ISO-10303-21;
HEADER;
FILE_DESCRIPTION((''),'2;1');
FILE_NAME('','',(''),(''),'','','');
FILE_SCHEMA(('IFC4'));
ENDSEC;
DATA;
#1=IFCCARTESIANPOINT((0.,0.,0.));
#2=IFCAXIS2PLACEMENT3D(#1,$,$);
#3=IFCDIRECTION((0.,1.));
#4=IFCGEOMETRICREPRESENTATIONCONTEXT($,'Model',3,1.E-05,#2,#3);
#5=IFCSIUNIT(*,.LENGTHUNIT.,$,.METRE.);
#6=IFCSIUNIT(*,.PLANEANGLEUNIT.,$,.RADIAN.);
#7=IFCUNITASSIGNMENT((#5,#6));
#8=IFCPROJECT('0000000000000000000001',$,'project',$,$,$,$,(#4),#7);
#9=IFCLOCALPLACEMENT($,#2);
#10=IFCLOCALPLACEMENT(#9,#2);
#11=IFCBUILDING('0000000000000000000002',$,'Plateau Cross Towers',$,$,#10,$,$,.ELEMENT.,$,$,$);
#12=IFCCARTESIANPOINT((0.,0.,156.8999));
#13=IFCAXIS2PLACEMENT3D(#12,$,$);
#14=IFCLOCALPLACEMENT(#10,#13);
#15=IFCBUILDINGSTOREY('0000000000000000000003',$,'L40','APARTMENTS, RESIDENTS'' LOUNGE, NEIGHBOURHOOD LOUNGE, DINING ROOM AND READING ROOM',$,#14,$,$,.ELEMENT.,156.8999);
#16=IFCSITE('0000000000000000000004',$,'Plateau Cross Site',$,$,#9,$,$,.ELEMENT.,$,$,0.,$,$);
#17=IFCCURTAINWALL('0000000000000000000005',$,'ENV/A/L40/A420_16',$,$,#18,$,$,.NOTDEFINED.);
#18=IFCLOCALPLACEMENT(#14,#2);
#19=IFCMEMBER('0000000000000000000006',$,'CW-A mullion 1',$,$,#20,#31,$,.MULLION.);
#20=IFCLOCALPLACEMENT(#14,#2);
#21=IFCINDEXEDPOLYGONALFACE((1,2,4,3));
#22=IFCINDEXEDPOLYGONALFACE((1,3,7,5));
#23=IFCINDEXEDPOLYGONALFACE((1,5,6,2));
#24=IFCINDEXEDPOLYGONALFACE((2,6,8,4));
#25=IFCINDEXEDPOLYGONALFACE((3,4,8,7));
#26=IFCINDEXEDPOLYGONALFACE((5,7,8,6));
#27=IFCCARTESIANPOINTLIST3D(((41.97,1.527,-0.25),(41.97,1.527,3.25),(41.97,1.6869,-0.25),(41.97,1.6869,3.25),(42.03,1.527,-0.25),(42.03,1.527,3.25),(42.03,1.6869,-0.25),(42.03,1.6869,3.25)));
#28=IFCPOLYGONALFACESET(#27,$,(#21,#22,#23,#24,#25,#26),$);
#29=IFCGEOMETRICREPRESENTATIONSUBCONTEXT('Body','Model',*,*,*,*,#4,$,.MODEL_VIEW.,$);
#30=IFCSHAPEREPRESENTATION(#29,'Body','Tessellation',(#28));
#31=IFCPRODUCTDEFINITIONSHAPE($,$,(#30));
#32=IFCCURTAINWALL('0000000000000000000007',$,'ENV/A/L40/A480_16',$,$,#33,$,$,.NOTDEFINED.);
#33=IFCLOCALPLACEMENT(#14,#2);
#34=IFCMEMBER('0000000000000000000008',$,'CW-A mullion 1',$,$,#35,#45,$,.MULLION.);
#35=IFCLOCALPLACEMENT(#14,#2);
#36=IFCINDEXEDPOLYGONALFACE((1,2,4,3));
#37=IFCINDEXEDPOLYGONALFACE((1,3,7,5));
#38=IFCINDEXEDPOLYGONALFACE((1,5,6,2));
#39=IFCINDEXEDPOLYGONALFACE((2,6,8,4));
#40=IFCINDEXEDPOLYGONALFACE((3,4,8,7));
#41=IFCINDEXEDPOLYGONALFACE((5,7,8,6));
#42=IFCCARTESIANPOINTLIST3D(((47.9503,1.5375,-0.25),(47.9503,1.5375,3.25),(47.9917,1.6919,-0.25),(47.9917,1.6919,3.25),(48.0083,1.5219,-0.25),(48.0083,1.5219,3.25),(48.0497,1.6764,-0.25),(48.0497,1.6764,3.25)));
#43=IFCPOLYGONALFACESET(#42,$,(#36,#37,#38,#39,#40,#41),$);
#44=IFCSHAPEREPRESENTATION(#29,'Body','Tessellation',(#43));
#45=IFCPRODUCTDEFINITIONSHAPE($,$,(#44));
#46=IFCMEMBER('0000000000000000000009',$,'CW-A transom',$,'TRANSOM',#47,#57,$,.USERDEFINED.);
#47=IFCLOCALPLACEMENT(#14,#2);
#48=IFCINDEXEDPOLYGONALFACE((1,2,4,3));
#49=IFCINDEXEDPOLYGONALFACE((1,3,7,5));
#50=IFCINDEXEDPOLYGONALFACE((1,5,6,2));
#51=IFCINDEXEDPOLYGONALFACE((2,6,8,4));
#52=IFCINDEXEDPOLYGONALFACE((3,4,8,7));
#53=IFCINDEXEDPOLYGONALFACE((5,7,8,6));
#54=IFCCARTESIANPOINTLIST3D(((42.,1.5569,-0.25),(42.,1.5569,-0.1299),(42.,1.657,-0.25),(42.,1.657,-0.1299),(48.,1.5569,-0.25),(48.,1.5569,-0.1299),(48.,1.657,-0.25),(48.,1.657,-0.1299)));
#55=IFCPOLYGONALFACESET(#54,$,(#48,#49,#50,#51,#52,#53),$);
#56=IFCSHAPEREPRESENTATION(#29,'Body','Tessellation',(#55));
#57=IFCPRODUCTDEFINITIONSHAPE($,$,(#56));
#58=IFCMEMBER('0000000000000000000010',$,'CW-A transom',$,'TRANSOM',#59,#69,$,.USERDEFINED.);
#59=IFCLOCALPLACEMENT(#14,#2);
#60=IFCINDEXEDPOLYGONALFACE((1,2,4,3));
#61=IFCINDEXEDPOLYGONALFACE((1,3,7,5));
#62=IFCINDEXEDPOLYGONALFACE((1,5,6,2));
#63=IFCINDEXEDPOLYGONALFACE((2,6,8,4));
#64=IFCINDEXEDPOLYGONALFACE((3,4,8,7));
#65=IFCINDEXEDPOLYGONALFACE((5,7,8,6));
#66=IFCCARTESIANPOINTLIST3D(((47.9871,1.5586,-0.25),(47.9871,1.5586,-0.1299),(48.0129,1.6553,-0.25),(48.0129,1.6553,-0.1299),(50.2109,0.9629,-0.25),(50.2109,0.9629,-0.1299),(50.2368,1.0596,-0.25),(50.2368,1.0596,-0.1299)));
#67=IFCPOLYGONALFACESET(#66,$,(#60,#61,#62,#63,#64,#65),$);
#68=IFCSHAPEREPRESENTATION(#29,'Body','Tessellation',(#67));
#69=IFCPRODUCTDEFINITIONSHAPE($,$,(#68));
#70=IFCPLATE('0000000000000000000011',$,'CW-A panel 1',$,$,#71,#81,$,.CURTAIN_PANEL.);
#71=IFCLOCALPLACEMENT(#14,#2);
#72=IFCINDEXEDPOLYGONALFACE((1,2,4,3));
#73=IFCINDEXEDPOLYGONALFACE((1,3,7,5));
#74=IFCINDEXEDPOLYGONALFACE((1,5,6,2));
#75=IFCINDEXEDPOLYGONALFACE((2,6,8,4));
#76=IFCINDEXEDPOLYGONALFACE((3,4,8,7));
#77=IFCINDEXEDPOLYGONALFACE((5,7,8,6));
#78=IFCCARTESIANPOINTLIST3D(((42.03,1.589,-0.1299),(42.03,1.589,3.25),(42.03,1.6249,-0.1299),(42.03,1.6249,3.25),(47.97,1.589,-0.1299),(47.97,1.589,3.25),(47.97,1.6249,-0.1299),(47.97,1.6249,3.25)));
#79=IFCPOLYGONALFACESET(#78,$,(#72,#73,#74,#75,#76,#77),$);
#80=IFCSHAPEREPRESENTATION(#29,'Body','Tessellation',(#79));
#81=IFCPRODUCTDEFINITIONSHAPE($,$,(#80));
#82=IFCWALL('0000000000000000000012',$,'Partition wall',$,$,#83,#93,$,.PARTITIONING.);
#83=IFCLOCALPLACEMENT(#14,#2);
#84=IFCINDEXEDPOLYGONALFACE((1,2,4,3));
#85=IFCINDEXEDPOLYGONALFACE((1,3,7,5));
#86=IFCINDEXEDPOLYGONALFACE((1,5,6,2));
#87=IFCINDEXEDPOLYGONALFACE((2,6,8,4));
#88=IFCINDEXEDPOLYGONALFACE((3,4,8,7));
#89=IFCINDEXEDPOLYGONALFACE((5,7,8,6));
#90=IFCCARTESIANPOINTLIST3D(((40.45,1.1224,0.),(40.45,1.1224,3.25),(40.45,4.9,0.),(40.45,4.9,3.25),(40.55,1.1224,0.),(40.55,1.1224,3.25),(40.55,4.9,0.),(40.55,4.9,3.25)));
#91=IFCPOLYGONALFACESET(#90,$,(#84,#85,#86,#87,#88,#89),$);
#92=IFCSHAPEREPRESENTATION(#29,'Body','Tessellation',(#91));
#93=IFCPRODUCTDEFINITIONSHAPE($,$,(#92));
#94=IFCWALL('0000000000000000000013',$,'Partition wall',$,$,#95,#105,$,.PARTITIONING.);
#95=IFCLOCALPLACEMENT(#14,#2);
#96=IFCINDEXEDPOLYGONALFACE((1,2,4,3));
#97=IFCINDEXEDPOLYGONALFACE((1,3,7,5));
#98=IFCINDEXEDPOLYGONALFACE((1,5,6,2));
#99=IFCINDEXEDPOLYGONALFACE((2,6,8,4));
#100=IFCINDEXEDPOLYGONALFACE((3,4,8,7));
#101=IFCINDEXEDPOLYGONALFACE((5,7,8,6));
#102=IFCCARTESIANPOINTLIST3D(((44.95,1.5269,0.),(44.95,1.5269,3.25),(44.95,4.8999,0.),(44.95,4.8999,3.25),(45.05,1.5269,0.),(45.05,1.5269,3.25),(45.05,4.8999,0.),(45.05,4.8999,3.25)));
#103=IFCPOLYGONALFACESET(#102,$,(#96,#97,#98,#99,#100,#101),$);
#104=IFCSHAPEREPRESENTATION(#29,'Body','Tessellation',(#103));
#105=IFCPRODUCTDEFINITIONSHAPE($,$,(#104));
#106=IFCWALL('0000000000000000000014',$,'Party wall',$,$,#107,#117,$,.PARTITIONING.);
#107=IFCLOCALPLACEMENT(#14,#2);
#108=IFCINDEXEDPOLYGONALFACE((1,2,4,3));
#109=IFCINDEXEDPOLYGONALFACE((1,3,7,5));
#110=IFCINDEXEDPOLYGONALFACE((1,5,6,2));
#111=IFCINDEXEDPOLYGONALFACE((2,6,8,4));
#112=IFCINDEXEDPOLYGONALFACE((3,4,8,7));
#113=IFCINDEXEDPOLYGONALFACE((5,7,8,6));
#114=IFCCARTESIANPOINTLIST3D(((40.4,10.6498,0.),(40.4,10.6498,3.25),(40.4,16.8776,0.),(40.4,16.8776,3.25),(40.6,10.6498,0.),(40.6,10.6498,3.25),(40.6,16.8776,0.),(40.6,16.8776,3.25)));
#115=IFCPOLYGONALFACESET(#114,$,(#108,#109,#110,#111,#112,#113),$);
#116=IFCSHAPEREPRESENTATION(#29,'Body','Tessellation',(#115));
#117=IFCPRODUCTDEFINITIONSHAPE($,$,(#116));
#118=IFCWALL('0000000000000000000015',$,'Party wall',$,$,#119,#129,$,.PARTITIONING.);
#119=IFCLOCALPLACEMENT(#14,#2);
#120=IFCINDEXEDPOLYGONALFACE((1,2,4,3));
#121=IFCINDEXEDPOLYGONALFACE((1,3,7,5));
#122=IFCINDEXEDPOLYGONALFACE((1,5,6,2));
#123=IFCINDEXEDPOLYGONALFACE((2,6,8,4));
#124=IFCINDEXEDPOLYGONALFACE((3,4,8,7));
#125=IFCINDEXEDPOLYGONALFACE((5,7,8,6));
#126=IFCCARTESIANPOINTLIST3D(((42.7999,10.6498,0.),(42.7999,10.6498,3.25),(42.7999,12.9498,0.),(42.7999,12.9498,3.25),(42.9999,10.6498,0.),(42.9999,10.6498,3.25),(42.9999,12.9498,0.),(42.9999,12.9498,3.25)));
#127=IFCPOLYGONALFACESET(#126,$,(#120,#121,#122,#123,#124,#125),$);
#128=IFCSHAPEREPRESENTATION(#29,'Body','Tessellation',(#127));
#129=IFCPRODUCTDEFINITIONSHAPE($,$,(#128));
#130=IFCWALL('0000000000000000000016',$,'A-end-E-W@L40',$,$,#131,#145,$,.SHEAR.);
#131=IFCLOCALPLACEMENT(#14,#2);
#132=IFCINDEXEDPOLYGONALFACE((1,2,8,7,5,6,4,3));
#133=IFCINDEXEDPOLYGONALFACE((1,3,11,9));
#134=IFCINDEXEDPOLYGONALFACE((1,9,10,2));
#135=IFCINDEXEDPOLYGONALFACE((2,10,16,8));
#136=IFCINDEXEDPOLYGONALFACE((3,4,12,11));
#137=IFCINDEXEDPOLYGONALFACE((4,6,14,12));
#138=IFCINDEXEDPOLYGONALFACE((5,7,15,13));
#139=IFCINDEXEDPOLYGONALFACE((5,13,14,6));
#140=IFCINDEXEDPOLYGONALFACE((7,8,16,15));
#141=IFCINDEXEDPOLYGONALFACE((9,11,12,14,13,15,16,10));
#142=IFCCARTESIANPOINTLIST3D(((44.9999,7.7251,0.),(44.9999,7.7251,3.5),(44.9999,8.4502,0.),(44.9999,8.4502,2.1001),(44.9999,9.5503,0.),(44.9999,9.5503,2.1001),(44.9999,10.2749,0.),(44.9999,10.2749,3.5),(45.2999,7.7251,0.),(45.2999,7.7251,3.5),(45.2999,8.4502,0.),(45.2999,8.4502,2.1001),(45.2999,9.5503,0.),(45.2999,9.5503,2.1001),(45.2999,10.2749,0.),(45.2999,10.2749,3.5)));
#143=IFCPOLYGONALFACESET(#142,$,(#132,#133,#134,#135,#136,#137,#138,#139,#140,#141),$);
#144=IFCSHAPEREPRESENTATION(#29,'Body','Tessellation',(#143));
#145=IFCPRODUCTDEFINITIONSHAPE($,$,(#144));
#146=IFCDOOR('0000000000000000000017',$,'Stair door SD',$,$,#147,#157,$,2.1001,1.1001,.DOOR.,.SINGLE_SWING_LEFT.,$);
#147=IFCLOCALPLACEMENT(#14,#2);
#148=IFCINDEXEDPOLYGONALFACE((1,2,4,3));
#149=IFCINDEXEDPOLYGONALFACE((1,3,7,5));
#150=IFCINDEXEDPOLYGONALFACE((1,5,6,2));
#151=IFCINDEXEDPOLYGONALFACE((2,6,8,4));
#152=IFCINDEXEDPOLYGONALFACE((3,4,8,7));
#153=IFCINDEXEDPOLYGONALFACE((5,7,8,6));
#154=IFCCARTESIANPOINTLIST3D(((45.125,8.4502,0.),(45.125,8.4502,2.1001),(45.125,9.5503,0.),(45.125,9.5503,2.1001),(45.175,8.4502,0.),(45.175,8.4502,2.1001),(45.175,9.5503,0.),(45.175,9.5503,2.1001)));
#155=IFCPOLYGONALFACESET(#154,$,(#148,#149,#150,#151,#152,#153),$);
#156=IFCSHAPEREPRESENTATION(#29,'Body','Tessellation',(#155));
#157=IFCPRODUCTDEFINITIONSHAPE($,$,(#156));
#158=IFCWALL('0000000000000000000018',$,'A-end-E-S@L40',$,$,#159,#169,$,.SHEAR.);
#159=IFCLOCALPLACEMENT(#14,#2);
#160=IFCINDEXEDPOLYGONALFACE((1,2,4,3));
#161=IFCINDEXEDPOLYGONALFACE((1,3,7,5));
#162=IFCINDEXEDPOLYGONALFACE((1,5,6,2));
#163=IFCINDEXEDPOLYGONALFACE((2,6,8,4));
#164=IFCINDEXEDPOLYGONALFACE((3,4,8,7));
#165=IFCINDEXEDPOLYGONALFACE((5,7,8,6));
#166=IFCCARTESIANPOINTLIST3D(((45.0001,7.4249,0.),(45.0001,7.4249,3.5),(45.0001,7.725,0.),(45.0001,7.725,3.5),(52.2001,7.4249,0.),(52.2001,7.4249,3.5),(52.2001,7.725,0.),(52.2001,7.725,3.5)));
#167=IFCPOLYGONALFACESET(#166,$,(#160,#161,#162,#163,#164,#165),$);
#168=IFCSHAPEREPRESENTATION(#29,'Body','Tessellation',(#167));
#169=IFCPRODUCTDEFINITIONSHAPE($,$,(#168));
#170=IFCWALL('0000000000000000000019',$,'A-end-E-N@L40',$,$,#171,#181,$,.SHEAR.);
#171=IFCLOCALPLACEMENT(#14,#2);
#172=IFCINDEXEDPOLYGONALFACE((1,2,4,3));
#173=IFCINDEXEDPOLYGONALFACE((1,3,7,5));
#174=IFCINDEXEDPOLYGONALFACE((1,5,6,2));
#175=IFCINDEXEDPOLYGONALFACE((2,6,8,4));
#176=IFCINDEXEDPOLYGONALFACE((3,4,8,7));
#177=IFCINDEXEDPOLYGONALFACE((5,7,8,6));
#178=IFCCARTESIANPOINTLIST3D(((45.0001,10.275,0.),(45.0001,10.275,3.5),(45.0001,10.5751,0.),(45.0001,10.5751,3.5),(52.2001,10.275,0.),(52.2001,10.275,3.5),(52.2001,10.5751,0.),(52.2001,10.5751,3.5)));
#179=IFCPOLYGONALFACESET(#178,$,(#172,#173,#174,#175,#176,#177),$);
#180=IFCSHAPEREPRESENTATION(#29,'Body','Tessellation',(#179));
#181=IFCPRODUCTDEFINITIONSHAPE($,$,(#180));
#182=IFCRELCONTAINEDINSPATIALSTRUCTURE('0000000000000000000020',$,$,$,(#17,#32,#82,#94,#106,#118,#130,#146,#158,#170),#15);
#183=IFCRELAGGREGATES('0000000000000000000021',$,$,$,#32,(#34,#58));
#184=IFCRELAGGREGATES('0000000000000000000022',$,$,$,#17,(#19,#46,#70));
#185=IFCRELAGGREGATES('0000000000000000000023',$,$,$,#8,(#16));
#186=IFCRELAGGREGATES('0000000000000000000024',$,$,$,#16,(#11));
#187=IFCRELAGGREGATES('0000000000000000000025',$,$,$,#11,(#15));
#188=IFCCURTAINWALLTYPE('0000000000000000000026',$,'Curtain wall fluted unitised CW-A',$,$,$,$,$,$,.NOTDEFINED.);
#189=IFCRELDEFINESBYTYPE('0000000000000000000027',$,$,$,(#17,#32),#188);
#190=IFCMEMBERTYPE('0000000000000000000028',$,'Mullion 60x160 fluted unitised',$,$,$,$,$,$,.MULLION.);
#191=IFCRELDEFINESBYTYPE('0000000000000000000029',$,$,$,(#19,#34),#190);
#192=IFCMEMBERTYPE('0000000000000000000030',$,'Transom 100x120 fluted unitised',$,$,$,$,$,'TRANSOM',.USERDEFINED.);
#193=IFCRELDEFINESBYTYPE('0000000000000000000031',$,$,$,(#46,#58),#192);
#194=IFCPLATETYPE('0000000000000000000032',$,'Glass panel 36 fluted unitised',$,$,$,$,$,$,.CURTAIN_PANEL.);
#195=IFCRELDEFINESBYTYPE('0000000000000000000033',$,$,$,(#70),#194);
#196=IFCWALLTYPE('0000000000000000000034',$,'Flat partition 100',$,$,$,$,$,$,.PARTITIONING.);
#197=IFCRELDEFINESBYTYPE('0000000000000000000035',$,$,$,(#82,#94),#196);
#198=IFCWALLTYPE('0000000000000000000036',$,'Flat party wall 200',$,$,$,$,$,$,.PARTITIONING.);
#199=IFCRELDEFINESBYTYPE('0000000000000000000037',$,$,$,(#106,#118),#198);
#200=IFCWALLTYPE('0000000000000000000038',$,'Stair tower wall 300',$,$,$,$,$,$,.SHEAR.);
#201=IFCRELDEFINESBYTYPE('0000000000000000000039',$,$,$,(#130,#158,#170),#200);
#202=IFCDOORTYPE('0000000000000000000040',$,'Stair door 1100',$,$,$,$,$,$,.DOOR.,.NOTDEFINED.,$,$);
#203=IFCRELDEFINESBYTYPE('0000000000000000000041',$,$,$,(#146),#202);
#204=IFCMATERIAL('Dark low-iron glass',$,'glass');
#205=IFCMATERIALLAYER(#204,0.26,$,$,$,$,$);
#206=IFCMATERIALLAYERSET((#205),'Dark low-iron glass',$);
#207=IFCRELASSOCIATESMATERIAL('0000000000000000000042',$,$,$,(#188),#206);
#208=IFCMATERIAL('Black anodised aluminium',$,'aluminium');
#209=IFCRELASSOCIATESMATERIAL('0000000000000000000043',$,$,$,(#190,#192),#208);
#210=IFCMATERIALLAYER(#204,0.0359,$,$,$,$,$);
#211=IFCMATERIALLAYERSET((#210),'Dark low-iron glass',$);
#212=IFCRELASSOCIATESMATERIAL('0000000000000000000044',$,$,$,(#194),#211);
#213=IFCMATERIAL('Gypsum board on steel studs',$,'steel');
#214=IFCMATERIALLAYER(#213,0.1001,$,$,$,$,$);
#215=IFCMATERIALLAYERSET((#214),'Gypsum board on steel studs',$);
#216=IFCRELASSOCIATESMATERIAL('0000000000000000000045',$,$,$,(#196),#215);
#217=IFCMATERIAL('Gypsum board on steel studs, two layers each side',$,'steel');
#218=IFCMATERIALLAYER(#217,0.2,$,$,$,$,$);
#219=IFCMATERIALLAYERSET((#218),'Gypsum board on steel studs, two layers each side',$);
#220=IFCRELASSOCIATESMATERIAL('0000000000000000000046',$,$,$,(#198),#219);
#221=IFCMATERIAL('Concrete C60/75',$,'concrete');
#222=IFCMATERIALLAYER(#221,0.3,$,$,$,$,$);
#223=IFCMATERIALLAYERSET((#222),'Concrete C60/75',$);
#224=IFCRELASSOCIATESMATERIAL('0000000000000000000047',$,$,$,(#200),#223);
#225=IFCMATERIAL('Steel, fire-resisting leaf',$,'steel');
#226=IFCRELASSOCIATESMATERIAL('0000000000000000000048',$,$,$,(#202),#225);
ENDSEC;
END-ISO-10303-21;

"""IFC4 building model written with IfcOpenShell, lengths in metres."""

from ifc_helpers import new_model, si_unit, direction, frame, frame_2d, origin, origin_2d, place, context, subcontext, project, spatial, rectangle, extrude, material, layer, layer_set, material_profile, profile_set, type_object, element, fill, aggregate, save


model = new_model("IFC4")

# Units and contexts
model_context = context("Model", 3, precision=1e-05, world=origin(), true_north=direction((0.0, 1.0)))
body_context = subcontext(model_context, "Body", "Model", "MODEL_VIEW")
ifc_project = project(units=[si_unit("LENGTHUNIT", "METRE"), si_unit("PLANEANGLEUNIT", "RADIAN")], contexts=[model_context])

# Site, building, storey
site_placement = place(None, origin())
site = spatial("IfcSite", under=ifc_project, at=site_placement, Name="Plateau Cross Site", CompositionType="ELEMENT", RefElevation=0.0)
building_placement = place(site_placement, origin())
building = spatial("IfcBuilding", under=site, at=building_placement, Name="Plateau Cross Towers", CompositionType="ELEMENT")
storey_placement = place(building_placement, frame((0.0, 0.0, 156.8999)))
storey = spatial("IfcBuildingStorey", under=building, at=storey_placement, Name="L40", Description="APARTMENTS, RESIDENTS' LOUNGE, NEIGHBOURHOOD LOUNGE, DINING ROOM AND READING ROOM", CompositionType="ELEMENT", Elevation=156.8999)

# Curtain walls, members
ifc_material_1 = material(Name="Dark low-iron glass", Category="glass")
ifc_layer_1 = layer(ifc_material_1, 0.26)
ifc_layer_set_1 = layer_set([ifc_layer_1], Name="Dark low-iron glass")
curtain_wall_type = type_object("IfcCurtainWallType", Name="Curtain wall fluted unitised CW-A", PredefinedType="NOTDEFINED", material=ifc_layer_set_1)
curtain_wall_1_placement = place(storey_placement, origin())
curtain_wall_1 = element("IfcCurtainWall", 1, at=curtain_wall_1_placement, inside=storey, type_object=curtain_wall_type, Name="ENV/A/L40/A420_16", PredefinedType="NOTDEFINED")
ifc_material_2 = material(Name="Black anodised aluminium", Category="aluminium")
ifc_material_profile_1 = material_profile(ifc_material_2, rectangle(XDim=0.0601, YDim=0.1599, at=origin_2d()), Name="MULLION 60x160")
ifc_profile_set_1 = profile_set([ifc_material_profile_1], Name="Black anodised aluminium")
member_type_1 = type_object("IfcMemberType", Name="Mullion 60x160 fluted unitised", PredefinedType="MULLION", material=ifc_profile_set_1)
member_1_placement = place(storey_placement, frame((42.0, 1.6069, -0.25), z_axis=(0.0, 0.0, 1.0), x_axis=(1.0, 0.0, 0.0)))
member_1 = element("IfcMember", 2, at=member_1_placement, type_object=member_type_1, Name="CW-A mullion 1", PredefinedType="MULLION", context=body_context, shape_type="SweptSolid", body=[
    extrude(rectangle(XDim=0.0601, YDim=0.1599, at=origin_2d()), origin(), (0.0, 0.0, 1.0), 3.5),
])
curtain_wall_2_placement = place(storey_placement, origin())
curtain_wall_2 = element("IfcCurtainWall", 3, at=curtain_wall_2_placement, inside=storey, type_object=curtain_wall_type, Name="ENV/A/L40/A480_16", PredefinedType="NOTDEFINED")
member_2_placement = place(storey_placement, frame((48.0, 1.6069, -0.25), z_axis=(0.0, 0.0, 1.0), x_axis=(0.965958, -0.258699, 0.0)))
member_2 = element("IfcMember", 4, at=member_2_placement, type_object=member_type_1, Name="CW-A mullion 1", PredefinedType="MULLION", context=body_context, shape_type="SweptSolid", body=[
    extrude(rectangle(XDim=0.0601, YDim=0.1599, at=origin_2d()), origin(), (0.0, 0.0, 1.0), 3.5),
])

# Members
ifc_material_profile_2 = material_profile(ifc_material_2, rectangle(XDim=0.1001, YDim=0.1201, at=origin_2d()), Name="TRANSOM 100x120")
ifc_profile_set_2 = profile_set([ifc_material_profile_2], Name="Black anodised aluminium")
member_type_2 = type_object("IfcMemberType", Name="Transom 100x120 fluted unitised", ElementType="TRANSOM", PredefinedType="USERDEFINED", material=ifc_profile_set_2)
member_3_placement = place(storey_placement, frame((42.0, 1.6069, -0.1899), z_axis=(1.0, 0.0, 0.0), x_axis=(0.0, 1.0, 0.0)))
member_3 = element("IfcMember", 5, at=member_3_placement, type_object=member_type_2, Name="CW-A transom", ObjectType="TRANSOM", PredefinedType="USERDEFINED", context=body_context, shape_type="SweptSolid", body=[
    extrude(rectangle(XDim=0.1001, YDim=0.1201, at=origin_2d()), origin(), (0.0, 0.0, 1.0), 6.0),
])
member_4_placement = place(storey_placement, frame((48.0, 1.6069, -0.1899), z_axis=(0.965946, -0.258745, 0.0), x_axis=(0.258745, 0.965946, 0.0)))
member_4 = element("IfcMember", 6, at=member_4_placement, type_object=member_type_2, Name="CW-A transom", ObjectType="TRANSOM", PredefinedType="USERDEFINED", context=body_context, shape_type="SweptSolid", body=[
    extrude(rectangle(XDim=0.1001, YDim=0.1201, at=origin_2d()), origin(), (0.0, 0.0, 1.0), 2.3022),
])
aggregate(curtain_wall_2, [member_2, member_4])

# Plate
ifc_layer_2 = layer(ifc_material_1, 0.0359)
ifc_layer_set_2 = layer_set([ifc_layer_2], Name="Dark low-iron glass")
plate_type = type_object("IfcPlateType", Name="Glass panel 36 fluted unitised", PredefinedType="CURTAIN_PANEL", material=ifc_layer_set_2)
plate_placement = place(storey_placement, frame((45.0, 1.6069, -0.1299), z_axis=(0.0, 0.0, 1.0), x_axis=(1.0, 0.0, 0.0)))
plate = element("IfcPlate", 7, at=plate_placement, type_object=plate_type, Name="CW-A panel 1", PredefinedType="CURTAIN_PANEL", context=body_context, shape_type="SweptSolid", body=[
    extrude(rectangle(XDim=5.9399, YDim=0.0359, at=origin_2d()), origin(), (0.0, 0.0, 1.0), 3.3799),
])
aggregate(curtain_wall_1, [member_1, member_3, plate])

# Walls
ifc_material_3 = material(Name="Gypsum board on steel studs", Category="steel")
ifc_layer_3 = layer(ifc_material_3, 0.1001)
ifc_layer_set_3 = layer_set([ifc_layer_3], Name="Gypsum board on steel studs")
wall_type_1 = type_object("IfcWallType", Name="Flat partition 100", PredefinedType="PARTITIONING", material=ifc_layer_set_3)
wall_1_placement = place(storey_placement, frame((40.5, 4.8999, 0.0), z_axis=(0.0, 0.0, 1.0), x_axis=(0.0, -1.0, 0.0)))
element("IfcWall", 8, at=wall_1_placement, inside=storey, type_object=wall_type_1, Name="Partition wall", PredefinedType="PARTITIONING", context=body_context, shape_type="SweptSolid", body=[
    extrude(rectangle(XDim=3.7776, YDim=0.1001, at=frame_2d((1.8887, 0.0))), origin(), (0.0, 0.0, 1.0), 3.25),
])
wall_2_placement = place(storey_placement, frame((45.0, 1.5269, 0.0), z_axis=(0.0, 0.0, 1.0), x_axis=(0.0, 1.0, 0.0)))
element("IfcWall", 9, at=wall_2_placement, inside=storey, type_object=wall_type_1, Name="Partition wall", PredefinedType="PARTITIONING", context=body_context, shape_type="SweptSolid", body=[
    extrude(rectangle(XDim=3.373, YDim=0.1001, at=frame_2d((1.6865, 0.0))), origin(), (0.0, 0.0, 1.0), 3.25),
])
ifc_material_4 = material(Name="Gypsum board on steel studs, two layers each side", Category="steel")
ifc_layer_4 = layer(ifc_material_4, 0.2)
ifc_layer_set_4 = layer_set([ifc_layer_4], Name="Gypsum board on steel studs, two layers each side")
wall_type_2 = type_object("IfcWallType", Name="Flat party wall 200", PredefinedType="PARTITIONING", material=ifc_layer_set_4)
wall_3_placement = place(storey_placement, frame((40.5, 10.6499, 0.0), z_axis=(0.0, 0.0, 1.0), x_axis=(0.0, 1.0, 0.0)))
element("IfcWall", 10, at=wall_3_placement, inside=storey, type_object=wall_type_2, Name="Party wall", PredefinedType="PARTITIONING", context=body_context, shape_type="SweptSolid", body=[
    extrude(rectangle(XDim=6.2278, YDim=0.2, at=frame_2d((3.1138, 0.0))), origin(), (0.0, 0.0, 1.0), 3.25),
])
wall_4_placement = place(storey_placement, frame((42.8999, 10.6499, 0.0), z_axis=(0.0, 0.0, 1.0), x_axis=(0.0, 1.0, 0.0)))
element("IfcWall", 11, at=wall_4_placement, inside=storey, type_object=wall_type_2, Name="Party wall", PredefinedType="PARTITIONING", context=body_context, shape_type="SweptSolid", body=[
    extrude(rectangle(XDim=2.3, YDim=0.2, at=frame_2d((1.1499, 0.0))), origin(), (0.0, 0.0, 1.0), 3.25),
])

# Wall, opening, door
ifc_material_5 = material(Name="Concrete C60/75", Category="concrete")
ifc_layer_5 = layer(ifc_material_5, 0.3)
ifc_layer_set_5 = layer_set([ifc_layer_5], Name="Concrete C60/75")
wall_type_3 = type_object("IfcWallType", Name="Stair tower wall 300", PredefinedType="SHEAR", material=ifc_layer_set_5)
wall_5_placement = place(storey_placement, frame((45.1499, 7.7251, 0.0), z_axis=(0.0, 0.0, 1.0), x_axis=(0.0, 1.0, 0.0)))
wall_5 = element("IfcWall", 12, at=wall_5_placement, inside=storey, type_object=wall_type_3, Name="A-end-E-W@L40", PredefinedType="SHEAR", context=body_context, shape_type="SweptSolid", body=[
    extrude(rectangle(XDim=2.5498, YDim=0.3, at=frame_2d((1.2749, 0.0))), origin(), (0.0, 0.0, 1.0), 3.5),
])
opening_placement = place(wall_5_placement, frame((0.7251, 0.0, 0.0)))
opening = element("IfcOpeningElement", 13, at=opening_placement, cuts=wall_5, PredefinedType="OPENING", context=body_context, shape_type="SweptSolid", body=[
    extrude(rectangle(XDim=1.1001, YDim=2.1001, at=frame_2d((0.55, 1.05))), frame((0.0, 0.1599, 0.0), z_axis=(0.0, -1.0, 0.0), x_axis=(1.0, 0.0, 0.0)), (0.0, 0.0, 1.0), 0.3201),
])
ifc_material_6 = material(Name="Steel, fire-resisting leaf", Category="steel")
door_type = type_object("IfcDoorType", Name="Stair door 1100", OperationType="NOTDEFINED", PredefinedType="DOOR", material=ifc_material_6)
door_placement = place(opening_placement, origin())
door = element("IfcDoor", 14, at=door_placement, inside=storey, type_object=door_type, Name="Stair door SD", OperationType="SINGLE_SWING_LEFT", OverallHeight=2.1001, OverallWidth=1.1001, PredefinedType="DOOR", context=body_context, shape_type="SweptSolid", body=[
    extrude(rectangle(XDim=1.1001, YDim=2.1001, at=frame_2d((0.55, 1.05))), frame((0.0, 0.0249, 0.0), z_axis=(0.0, -1.0, 0.0), x_axis=(1.0, 0.0, 0.0)), (0.0, 0.0, 1.0), 0.05),
])
fill(opening, door)

# Walls
for number, where, z_axis, x_axis, name in (
    (15, (45.0, 7.575, 0.0), (0.0, 0.0, 1.0), (1.0, 0.0, 0.0), "A-end-E-S@L40"),
    (16, (45.0, 10.425, 0.0), (0.0, 0.0, 1.0), (1.0, 0.0, 0.0), "A-end-E-N@L40"),
):
    element("IfcWall", number, at=place(storey_placement, frame(where, z_axis=z_axis, x_axis=x_axis)), inside=storey, type_object=wall_type_3, Name=name, PredefinedType="SHEAR", context=body_context, shape_type="SweptSolid", body=[
        extrude(rectangle(XDim=7.2, YDim=0.3, at=frame_2d((3.6001, 0.0))), origin(), (0.0, 0.0, 1.0), 3.5),
    ])

save(model, "model.ifc")
